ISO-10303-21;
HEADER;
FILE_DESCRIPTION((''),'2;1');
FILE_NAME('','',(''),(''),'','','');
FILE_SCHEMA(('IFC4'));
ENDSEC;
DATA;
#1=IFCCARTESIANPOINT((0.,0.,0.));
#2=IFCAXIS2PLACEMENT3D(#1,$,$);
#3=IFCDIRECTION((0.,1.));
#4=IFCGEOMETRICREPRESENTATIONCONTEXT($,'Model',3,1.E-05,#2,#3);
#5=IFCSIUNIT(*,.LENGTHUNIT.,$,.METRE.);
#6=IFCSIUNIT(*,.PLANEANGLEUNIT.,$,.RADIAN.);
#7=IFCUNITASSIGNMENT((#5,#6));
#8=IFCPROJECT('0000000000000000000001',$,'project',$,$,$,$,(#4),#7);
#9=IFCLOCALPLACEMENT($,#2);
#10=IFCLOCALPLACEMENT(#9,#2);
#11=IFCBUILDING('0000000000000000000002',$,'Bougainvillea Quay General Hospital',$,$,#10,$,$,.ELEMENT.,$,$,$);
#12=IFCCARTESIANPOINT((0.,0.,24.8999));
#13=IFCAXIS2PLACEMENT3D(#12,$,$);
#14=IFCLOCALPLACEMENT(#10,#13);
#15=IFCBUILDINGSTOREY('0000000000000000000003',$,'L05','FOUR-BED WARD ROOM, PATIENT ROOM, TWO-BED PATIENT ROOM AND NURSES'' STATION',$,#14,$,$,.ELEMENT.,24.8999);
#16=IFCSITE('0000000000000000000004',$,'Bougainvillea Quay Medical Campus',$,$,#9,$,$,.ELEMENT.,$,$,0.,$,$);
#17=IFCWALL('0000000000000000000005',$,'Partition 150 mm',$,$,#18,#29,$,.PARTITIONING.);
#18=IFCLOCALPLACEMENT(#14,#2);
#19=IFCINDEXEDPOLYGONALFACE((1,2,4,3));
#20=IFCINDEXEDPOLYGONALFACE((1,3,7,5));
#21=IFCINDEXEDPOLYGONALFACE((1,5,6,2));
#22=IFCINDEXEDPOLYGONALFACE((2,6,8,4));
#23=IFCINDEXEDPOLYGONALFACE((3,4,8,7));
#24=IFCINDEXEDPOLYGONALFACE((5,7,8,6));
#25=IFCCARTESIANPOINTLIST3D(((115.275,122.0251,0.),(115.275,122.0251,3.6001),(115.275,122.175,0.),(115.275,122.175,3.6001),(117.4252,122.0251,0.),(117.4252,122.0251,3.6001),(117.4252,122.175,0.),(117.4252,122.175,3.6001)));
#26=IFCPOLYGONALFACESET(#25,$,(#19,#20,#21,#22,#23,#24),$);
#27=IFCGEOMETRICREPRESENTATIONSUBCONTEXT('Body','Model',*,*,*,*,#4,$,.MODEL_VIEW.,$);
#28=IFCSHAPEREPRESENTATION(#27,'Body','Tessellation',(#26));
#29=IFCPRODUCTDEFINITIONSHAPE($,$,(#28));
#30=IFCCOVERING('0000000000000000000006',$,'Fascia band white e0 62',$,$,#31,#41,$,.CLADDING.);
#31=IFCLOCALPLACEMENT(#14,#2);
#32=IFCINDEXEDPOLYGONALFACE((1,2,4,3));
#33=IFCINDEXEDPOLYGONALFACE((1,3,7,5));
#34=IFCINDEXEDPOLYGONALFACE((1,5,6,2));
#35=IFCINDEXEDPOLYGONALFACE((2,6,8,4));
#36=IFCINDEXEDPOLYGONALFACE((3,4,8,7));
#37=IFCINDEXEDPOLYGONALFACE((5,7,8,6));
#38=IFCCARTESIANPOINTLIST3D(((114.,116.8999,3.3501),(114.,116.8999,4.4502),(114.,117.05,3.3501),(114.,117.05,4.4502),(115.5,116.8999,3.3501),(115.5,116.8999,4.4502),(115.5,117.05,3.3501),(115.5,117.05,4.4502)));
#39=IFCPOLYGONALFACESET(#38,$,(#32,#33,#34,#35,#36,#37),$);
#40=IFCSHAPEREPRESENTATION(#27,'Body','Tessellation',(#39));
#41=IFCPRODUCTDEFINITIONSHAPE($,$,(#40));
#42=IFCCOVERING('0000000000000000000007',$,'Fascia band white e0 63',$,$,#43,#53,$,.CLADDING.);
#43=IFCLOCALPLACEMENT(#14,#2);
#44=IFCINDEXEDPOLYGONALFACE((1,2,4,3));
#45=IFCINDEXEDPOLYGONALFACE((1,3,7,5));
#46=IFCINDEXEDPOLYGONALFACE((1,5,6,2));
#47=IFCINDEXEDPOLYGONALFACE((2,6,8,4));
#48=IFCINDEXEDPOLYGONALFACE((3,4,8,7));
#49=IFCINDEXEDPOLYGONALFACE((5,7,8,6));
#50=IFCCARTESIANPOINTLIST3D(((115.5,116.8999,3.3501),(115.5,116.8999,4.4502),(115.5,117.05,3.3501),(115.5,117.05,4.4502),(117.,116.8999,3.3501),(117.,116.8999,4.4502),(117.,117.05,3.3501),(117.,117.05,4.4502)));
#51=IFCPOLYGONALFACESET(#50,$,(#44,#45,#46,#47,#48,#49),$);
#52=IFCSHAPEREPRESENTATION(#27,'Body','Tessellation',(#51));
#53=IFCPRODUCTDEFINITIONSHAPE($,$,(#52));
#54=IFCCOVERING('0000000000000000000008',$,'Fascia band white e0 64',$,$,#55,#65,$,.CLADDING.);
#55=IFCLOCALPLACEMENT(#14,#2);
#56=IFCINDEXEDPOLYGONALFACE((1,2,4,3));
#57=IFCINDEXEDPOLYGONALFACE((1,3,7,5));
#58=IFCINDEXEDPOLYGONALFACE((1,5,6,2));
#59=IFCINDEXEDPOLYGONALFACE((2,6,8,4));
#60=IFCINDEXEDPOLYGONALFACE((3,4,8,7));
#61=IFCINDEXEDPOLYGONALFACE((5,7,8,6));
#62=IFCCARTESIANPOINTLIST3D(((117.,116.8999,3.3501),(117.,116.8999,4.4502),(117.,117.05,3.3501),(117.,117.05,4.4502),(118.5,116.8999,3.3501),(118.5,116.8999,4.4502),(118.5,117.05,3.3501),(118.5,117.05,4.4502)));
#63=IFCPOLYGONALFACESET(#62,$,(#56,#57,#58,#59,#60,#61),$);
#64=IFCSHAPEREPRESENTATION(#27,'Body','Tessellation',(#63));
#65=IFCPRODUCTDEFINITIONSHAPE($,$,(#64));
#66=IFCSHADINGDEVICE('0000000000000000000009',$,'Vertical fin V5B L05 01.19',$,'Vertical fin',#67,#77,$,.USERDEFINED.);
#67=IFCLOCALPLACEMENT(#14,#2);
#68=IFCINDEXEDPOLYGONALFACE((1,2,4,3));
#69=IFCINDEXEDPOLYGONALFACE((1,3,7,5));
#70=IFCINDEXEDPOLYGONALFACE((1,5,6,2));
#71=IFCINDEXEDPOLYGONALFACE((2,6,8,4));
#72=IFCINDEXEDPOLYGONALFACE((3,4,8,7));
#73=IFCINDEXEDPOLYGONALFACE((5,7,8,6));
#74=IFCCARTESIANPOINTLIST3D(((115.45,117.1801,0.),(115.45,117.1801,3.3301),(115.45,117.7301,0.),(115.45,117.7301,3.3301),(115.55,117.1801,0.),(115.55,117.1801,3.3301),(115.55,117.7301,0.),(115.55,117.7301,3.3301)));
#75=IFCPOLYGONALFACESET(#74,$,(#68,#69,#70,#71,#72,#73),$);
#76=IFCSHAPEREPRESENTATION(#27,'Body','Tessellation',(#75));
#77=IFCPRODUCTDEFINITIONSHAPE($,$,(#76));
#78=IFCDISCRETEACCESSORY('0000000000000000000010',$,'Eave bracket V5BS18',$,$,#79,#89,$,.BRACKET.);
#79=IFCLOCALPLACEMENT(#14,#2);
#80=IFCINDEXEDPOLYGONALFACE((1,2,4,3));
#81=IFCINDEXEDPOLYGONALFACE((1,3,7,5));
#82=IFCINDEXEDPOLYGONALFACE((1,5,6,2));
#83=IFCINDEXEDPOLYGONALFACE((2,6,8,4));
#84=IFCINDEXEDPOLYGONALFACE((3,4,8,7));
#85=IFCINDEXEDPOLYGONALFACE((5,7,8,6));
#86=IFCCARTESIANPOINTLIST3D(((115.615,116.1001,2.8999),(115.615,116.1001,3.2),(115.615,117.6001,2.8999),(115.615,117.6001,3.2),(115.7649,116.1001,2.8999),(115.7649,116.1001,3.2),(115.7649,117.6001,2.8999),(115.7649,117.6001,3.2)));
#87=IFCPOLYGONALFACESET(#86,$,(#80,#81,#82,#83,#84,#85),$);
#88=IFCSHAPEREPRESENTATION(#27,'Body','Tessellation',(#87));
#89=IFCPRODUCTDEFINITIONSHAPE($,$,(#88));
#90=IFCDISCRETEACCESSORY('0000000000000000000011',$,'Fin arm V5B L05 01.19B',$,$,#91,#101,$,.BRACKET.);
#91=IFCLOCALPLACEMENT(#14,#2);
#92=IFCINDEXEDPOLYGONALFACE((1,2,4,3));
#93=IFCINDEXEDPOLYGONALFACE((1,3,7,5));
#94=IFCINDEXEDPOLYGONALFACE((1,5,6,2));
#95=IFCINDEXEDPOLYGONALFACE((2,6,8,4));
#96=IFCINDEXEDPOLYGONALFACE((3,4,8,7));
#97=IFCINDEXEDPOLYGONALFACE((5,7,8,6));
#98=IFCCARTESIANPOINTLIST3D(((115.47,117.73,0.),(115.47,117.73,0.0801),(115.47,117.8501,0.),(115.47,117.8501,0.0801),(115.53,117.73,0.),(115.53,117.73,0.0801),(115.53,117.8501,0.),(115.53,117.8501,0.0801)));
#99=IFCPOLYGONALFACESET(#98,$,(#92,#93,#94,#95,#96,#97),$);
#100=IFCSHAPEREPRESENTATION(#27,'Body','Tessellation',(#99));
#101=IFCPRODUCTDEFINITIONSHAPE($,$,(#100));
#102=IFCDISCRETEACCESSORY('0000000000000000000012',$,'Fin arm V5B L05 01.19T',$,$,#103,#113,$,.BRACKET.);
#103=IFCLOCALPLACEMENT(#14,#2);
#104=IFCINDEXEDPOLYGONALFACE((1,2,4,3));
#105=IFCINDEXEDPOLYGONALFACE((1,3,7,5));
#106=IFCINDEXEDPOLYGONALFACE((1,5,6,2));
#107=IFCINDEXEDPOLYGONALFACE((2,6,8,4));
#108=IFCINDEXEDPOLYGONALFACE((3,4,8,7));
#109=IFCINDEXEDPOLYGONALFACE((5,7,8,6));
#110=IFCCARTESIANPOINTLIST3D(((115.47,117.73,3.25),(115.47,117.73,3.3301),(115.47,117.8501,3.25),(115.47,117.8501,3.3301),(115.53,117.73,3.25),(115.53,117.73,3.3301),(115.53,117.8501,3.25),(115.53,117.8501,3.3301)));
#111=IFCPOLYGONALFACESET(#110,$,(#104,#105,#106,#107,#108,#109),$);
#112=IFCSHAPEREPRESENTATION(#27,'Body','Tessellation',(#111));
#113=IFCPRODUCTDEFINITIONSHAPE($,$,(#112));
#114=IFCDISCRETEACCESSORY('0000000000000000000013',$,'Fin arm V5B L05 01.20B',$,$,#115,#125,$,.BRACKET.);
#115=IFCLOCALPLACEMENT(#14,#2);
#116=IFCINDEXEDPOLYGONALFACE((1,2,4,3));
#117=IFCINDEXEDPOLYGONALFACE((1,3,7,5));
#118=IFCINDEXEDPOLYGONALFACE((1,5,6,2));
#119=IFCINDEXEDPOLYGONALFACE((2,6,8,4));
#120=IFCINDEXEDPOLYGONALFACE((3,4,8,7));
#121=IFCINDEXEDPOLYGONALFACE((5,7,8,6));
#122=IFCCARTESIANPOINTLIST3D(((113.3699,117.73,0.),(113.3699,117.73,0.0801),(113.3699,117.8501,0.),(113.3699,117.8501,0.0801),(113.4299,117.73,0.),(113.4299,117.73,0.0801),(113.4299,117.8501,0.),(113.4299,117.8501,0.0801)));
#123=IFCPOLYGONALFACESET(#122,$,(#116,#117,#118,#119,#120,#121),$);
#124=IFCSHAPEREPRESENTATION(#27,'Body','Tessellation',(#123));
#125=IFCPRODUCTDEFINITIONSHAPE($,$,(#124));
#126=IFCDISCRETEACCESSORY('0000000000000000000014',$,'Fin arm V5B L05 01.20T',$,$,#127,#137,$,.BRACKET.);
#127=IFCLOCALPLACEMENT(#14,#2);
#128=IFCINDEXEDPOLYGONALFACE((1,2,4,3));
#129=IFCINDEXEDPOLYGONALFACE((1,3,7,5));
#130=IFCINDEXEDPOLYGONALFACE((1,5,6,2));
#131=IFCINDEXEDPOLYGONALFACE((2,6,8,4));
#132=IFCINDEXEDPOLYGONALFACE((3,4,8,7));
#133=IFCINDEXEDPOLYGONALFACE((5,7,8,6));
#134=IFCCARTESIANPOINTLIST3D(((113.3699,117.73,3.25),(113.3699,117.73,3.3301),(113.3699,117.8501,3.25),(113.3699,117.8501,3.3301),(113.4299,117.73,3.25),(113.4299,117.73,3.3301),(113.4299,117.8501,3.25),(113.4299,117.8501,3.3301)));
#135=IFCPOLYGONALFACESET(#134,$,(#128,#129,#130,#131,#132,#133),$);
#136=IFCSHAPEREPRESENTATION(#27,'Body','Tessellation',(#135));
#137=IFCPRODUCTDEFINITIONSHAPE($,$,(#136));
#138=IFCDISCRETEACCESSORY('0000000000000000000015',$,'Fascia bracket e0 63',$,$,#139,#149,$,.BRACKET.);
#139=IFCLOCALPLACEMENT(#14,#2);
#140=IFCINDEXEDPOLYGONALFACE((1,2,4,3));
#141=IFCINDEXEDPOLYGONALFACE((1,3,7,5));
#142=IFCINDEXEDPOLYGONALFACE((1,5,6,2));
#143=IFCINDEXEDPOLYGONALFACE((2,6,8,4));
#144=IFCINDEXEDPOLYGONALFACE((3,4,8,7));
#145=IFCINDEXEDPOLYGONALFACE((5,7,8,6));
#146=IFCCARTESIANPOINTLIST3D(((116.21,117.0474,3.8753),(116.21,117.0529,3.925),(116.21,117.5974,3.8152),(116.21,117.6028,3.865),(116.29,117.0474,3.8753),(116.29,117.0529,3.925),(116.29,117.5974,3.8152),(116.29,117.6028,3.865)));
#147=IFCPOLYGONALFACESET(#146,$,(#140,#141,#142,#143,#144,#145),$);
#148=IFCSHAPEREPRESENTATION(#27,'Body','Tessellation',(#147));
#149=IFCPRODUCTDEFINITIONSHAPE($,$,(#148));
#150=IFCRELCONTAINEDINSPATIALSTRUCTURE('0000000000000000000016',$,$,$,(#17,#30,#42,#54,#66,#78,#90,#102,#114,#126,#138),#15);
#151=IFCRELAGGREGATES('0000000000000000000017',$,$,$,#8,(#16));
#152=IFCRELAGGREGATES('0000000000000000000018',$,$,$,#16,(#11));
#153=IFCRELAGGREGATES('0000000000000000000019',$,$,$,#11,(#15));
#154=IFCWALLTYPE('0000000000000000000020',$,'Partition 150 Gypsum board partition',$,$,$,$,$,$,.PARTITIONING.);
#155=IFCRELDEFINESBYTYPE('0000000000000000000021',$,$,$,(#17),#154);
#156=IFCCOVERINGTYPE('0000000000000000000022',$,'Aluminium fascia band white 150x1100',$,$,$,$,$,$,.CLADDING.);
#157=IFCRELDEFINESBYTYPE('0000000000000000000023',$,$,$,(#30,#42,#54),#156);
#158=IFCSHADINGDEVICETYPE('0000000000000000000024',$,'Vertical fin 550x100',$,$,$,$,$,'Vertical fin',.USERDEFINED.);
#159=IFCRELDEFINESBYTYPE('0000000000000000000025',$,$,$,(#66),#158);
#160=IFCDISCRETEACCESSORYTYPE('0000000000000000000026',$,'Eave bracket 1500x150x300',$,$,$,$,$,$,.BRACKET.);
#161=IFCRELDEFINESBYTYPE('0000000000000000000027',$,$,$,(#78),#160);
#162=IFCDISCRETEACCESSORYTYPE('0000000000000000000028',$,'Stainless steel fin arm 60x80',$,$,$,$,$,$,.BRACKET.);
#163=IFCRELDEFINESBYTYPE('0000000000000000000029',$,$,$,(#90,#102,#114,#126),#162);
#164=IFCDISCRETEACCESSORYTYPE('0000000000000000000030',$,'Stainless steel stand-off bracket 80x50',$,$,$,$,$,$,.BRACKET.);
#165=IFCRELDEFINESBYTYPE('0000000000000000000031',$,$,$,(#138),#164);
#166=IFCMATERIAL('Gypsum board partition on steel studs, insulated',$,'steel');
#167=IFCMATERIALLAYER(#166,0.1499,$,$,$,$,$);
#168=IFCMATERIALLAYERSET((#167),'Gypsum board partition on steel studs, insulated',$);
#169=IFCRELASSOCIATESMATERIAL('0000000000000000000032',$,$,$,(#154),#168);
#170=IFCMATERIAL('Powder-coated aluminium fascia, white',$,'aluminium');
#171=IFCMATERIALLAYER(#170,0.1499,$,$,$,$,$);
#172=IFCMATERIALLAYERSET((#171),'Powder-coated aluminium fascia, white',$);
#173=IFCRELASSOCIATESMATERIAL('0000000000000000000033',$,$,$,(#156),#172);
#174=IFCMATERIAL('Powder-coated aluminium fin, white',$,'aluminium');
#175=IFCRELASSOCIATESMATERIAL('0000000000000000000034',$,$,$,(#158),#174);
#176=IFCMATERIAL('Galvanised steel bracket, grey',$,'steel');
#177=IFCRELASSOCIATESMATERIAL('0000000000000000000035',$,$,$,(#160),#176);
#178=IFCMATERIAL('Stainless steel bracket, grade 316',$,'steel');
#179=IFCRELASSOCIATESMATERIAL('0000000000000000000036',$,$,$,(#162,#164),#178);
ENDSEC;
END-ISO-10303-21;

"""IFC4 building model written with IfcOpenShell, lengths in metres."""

from ifc_helpers import new_model, si_unit, direction, frame, frame_2d, origin, origin_2d, place, context, subcontext, project, spatial, polyline, rectangle, outline, extrude, material, layer, layer_set, material_profile, profile_set, type_object, element, save


model = new_model("IFC4")

# Units and contexts
model_context = context("Model", 3, precision=1e-05, world=origin(), true_north=direction((0.0, 1.0)))
body_context = subcontext(model_context, "Body", "Model", "MODEL_VIEW")
ifc_project = project(units=[si_unit("LENGTHUNIT", "METRE"), si_unit("PLANEANGLEUNIT", "RADIAN")], contexts=[model_context])

# Site, building, storey
site_placement = place(None, origin())
site = spatial("IfcSite", under=ifc_project, at=site_placement, Name="Bougainvillea Quay Medical Campus", CompositionType="ELEMENT", RefElevation=0.0)
building_placement = place(site_placement, origin())
building = spatial("IfcBuilding", under=site, at=building_placement, Name="Bougainvillea Quay General Hospital", CompositionType="ELEMENT")
storey_placement = place(building_placement, frame((0.0, 0.0, 24.8999)))
storey = spatial("IfcBuildingStorey", under=building, at=storey_placement, Name="L05", Description="FOUR-BED WARD ROOM, PATIENT ROOM, TWO-BED PATIENT ROOM AND NURSES' STATION", CompositionType="ELEMENT", Elevation=24.8999)

# Shared definitions
ifc_material_1 = material(Name="Gypsum board partition on steel studs, insulated", Category="steel")
ifc_layer_1 = layer(ifc_material_1, 0.1499)
ifc_layer_set_1 = layer_set([ifc_layer_1], Name="Gypsum board partition on steel studs, insulated")
wall_type = type_object("IfcWallType", Name="Partition 150 Gypsum board partition", PredefinedType="PARTITIONING", material=ifc_layer_set_1)

# Wall
wall_1_placement = place(storey_placement, frame((115.2749, 122.1001, 0.0), z_axis=(0.0, 0.0, 1.0), x_axis=(1.0, 0.0, 0.0)))
element("IfcWall", 1, at=wall_1_placement, inside=storey, type_object=wall_type, Name="Partition 150 mm", PredefinedType="PARTITIONING", context=body_context, shape_type="SweptSolid", body=[
    extrude(rectangle(XDim=2.1501, YDim=0.1499, at=frame_2d((1.0752, 0.0))), origin(), (0.0, 0.0, 1.0), 3.6001),
])

# Coverings
ifc_material_2 = material(Name="Powder-coated aluminium fascia, white", Category="aluminium")
ifc_layer_2 = layer(ifc_material_2, 0.1499)
ifc_layer_set_2 = layer_set([ifc_layer_2], Name="Powder-coated aluminium fascia, white")
covering_type = type_object("IfcCoveringType", Name="Aluminium fascia band white 150x1100", PredefinedType="CLADDING", material=ifc_layer_set_2)
for number, where, z_axis, x_axis, name in (
    (2, (114.0, 117.05, 3.3501), (0.0, 0.0, 1.0), (1.0, 0.0, 0.0), "Fascia band white e0 62"),
    (3, (115.5, 117.05, 3.3501), (0.0, 0.0, 1.0), (1.0, 0.0, 0.0), "Fascia band white e0 63"),
    (4, (117.0, 117.05, 3.3501), (0.0, 0.0, 1.0), (1.0, 0.0, 0.0), "Fascia band white e0 64"),
):
    element("IfcCovering", number, at=place(storey_placement, frame(where, z_axis=z_axis, x_axis=x_axis)), inside=storey, type_object=covering_type, Name=name, PredefinedType="CLADDING", context=body_context, shape_type="SweptSolid", body=[
        extrude(outline(polyline([(0.0, 0.0), (1.5, 0.0), (1.5, -0.1501), (0.0, -0.1501), (0.0, 0.0)])), origin(), (0.0, 0.0, 1.0), 1.1001),
    ])

# Shading device
ifc_material_3 = material(Name="Powder-coated aluminium fin, white", Category="aluminium")
ifc_material_profile_1 = material_profile(ifc_material_3, rectangle(XDim=0.55, YDim=0.1001, at=origin_2d()))
ifc_profile_set_1 = profile_set([ifc_material_profile_1], Name="Powder-coated aluminium fin, white")
shading_device_type = type_object("IfcShadingDeviceType", Name="Vertical fin 550x100", ElementType="Vertical fin", PredefinedType="USERDEFINED", material=ifc_profile_set_1)
shading_device_placement = place(storey_placement, frame((115.5, 117.4551, 0.0), z_axis=(0.0, 0.0, 1.0), x_axis=(0.0, -1.0, 0.0)))
element("IfcShadingDevice", 5, at=shading_device_placement, inside=storey, type_object=shading_device_type, Name="Vertical fin V5B L05 01.19", ObjectType="Vertical fin", PredefinedType="USERDEFINED", context=body_context, shape_type="SweptSolid", body=[
    extrude(rectangle(XDim=0.55, YDim=0.1001, at=origin_2d()), origin(), (0.0, 0.0, 1.0), 3.3301),
])

# Discrete accessories
ifc_material_4 = material(Name="Galvanised steel bracket, grey", Category="steel")
discrete_accessory_type_1 = type_object("IfcDiscreteAccessoryType", Name="Eave bracket 1500x150x300", PredefinedType="BRACKET", material=ifc_material_4)
discrete_accessory_1_placement = place(storey_placement, frame((115.6899, 116.8501, 2.8999), z_axis=(0.0, 0.0, 1.0), x_axis=(1.0, 0.0, 0.0)))
element("IfcDiscreteAccessory", 6, at=discrete_accessory_1_placement, inside=storey, type_object=discrete_accessory_type_1, Name="Eave bracket V5BS18", PredefinedType="BRACKET", context=body_context, shape_type="SweptSolid", body=[
    extrude(rectangle(XDim=0.1499, YDim=1.5, at=origin_2d()), origin(), (0.0, 0.0, 1.0), 0.3),
])
ifc_material_5 = material(Name="Stainless steel bracket, grade 316", Category="steel")
discrete_accessory_type_2 = type_object("IfcDiscreteAccessoryType", Name="Stainless steel fin arm 60x80", PredefinedType="BRACKET", material=ifc_material_5)
for number, where, z_axis, x_axis, name in (
    (7, (115.5, 117.79, 0.0), (0.0, 0.0, 1.0), (0.0, -1.0, 0.0), "Fin arm V5B L05 01.19B"),
    (8, (115.5, 117.79, 3.25), (0.0, 0.0, 1.0), (0.0, -1.0, 0.0), "Fin arm V5B L05 01.19T"),
    (9, (113.3999, 117.79, 0.0), (0.0, 0.0, 1.0), (0.0, -1.0, 0.0), "Fin arm V5B L05 01.20B"),
    (10, (113.3999, 117.79, 3.25), (0.0, 0.0, 1.0), (0.0, -1.0, 0.0), "Fin arm V5B L05 01.20T"),
):
    element("IfcDiscreteAccessory", number, at=place(storey_placement, frame(where, z_axis=z_axis, x_axis=x_axis)), inside=storey, type_object=discrete_accessory_type_2, Name=name, PredefinedType="BRACKET", context=body_context, shape_type="SweptSolid", body=[
        extrude(rectangle(XDim=0.1201, YDim=0.0601, at=origin_2d()), origin(), (0.0, 0.0, 1.0), 0.0801),
    ])
ifc_material_profile_2 = material_profile(ifc_material_5, rectangle(XDim=0.0801, YDim=0.05, at=origin_2d()))
ifc_profile_set_2 = profile_set([ifc_material_profile_2], Name="Stainless steel bracket, grade 316")
discrete_accessory_type_3 = type_object("IfcDiscreteAccessoryType", Name="Stainless steel stand-off bracket 80x50", PredefinedType="BRACKET", material=ifc_profile_set_2)
discrete_accessory_2_placement = place(storey_placement, frame((116.25, 117.6001, 3.8401), z_axis=(0.0, -0.994092, 0.108543), x_axis=(1.0, 0.0, 0.0)))
element("IfcDiscreteAccessory", 11, at=discrete_accessory_2_placement, inside=storey, type_object=discrete_accessory_type_3, Name="Fascia bracket e0 63", PredefinedType="BRACKET", context=body_context, shape_type="SweptSolid", body=[
    extrude(rectangle(XDim=0.0801, YDim=0.05, at=origin_2d()), origin(), (0.0, 0.0, 1.0), 0.5532),
])

save(model, "model.ifc")
